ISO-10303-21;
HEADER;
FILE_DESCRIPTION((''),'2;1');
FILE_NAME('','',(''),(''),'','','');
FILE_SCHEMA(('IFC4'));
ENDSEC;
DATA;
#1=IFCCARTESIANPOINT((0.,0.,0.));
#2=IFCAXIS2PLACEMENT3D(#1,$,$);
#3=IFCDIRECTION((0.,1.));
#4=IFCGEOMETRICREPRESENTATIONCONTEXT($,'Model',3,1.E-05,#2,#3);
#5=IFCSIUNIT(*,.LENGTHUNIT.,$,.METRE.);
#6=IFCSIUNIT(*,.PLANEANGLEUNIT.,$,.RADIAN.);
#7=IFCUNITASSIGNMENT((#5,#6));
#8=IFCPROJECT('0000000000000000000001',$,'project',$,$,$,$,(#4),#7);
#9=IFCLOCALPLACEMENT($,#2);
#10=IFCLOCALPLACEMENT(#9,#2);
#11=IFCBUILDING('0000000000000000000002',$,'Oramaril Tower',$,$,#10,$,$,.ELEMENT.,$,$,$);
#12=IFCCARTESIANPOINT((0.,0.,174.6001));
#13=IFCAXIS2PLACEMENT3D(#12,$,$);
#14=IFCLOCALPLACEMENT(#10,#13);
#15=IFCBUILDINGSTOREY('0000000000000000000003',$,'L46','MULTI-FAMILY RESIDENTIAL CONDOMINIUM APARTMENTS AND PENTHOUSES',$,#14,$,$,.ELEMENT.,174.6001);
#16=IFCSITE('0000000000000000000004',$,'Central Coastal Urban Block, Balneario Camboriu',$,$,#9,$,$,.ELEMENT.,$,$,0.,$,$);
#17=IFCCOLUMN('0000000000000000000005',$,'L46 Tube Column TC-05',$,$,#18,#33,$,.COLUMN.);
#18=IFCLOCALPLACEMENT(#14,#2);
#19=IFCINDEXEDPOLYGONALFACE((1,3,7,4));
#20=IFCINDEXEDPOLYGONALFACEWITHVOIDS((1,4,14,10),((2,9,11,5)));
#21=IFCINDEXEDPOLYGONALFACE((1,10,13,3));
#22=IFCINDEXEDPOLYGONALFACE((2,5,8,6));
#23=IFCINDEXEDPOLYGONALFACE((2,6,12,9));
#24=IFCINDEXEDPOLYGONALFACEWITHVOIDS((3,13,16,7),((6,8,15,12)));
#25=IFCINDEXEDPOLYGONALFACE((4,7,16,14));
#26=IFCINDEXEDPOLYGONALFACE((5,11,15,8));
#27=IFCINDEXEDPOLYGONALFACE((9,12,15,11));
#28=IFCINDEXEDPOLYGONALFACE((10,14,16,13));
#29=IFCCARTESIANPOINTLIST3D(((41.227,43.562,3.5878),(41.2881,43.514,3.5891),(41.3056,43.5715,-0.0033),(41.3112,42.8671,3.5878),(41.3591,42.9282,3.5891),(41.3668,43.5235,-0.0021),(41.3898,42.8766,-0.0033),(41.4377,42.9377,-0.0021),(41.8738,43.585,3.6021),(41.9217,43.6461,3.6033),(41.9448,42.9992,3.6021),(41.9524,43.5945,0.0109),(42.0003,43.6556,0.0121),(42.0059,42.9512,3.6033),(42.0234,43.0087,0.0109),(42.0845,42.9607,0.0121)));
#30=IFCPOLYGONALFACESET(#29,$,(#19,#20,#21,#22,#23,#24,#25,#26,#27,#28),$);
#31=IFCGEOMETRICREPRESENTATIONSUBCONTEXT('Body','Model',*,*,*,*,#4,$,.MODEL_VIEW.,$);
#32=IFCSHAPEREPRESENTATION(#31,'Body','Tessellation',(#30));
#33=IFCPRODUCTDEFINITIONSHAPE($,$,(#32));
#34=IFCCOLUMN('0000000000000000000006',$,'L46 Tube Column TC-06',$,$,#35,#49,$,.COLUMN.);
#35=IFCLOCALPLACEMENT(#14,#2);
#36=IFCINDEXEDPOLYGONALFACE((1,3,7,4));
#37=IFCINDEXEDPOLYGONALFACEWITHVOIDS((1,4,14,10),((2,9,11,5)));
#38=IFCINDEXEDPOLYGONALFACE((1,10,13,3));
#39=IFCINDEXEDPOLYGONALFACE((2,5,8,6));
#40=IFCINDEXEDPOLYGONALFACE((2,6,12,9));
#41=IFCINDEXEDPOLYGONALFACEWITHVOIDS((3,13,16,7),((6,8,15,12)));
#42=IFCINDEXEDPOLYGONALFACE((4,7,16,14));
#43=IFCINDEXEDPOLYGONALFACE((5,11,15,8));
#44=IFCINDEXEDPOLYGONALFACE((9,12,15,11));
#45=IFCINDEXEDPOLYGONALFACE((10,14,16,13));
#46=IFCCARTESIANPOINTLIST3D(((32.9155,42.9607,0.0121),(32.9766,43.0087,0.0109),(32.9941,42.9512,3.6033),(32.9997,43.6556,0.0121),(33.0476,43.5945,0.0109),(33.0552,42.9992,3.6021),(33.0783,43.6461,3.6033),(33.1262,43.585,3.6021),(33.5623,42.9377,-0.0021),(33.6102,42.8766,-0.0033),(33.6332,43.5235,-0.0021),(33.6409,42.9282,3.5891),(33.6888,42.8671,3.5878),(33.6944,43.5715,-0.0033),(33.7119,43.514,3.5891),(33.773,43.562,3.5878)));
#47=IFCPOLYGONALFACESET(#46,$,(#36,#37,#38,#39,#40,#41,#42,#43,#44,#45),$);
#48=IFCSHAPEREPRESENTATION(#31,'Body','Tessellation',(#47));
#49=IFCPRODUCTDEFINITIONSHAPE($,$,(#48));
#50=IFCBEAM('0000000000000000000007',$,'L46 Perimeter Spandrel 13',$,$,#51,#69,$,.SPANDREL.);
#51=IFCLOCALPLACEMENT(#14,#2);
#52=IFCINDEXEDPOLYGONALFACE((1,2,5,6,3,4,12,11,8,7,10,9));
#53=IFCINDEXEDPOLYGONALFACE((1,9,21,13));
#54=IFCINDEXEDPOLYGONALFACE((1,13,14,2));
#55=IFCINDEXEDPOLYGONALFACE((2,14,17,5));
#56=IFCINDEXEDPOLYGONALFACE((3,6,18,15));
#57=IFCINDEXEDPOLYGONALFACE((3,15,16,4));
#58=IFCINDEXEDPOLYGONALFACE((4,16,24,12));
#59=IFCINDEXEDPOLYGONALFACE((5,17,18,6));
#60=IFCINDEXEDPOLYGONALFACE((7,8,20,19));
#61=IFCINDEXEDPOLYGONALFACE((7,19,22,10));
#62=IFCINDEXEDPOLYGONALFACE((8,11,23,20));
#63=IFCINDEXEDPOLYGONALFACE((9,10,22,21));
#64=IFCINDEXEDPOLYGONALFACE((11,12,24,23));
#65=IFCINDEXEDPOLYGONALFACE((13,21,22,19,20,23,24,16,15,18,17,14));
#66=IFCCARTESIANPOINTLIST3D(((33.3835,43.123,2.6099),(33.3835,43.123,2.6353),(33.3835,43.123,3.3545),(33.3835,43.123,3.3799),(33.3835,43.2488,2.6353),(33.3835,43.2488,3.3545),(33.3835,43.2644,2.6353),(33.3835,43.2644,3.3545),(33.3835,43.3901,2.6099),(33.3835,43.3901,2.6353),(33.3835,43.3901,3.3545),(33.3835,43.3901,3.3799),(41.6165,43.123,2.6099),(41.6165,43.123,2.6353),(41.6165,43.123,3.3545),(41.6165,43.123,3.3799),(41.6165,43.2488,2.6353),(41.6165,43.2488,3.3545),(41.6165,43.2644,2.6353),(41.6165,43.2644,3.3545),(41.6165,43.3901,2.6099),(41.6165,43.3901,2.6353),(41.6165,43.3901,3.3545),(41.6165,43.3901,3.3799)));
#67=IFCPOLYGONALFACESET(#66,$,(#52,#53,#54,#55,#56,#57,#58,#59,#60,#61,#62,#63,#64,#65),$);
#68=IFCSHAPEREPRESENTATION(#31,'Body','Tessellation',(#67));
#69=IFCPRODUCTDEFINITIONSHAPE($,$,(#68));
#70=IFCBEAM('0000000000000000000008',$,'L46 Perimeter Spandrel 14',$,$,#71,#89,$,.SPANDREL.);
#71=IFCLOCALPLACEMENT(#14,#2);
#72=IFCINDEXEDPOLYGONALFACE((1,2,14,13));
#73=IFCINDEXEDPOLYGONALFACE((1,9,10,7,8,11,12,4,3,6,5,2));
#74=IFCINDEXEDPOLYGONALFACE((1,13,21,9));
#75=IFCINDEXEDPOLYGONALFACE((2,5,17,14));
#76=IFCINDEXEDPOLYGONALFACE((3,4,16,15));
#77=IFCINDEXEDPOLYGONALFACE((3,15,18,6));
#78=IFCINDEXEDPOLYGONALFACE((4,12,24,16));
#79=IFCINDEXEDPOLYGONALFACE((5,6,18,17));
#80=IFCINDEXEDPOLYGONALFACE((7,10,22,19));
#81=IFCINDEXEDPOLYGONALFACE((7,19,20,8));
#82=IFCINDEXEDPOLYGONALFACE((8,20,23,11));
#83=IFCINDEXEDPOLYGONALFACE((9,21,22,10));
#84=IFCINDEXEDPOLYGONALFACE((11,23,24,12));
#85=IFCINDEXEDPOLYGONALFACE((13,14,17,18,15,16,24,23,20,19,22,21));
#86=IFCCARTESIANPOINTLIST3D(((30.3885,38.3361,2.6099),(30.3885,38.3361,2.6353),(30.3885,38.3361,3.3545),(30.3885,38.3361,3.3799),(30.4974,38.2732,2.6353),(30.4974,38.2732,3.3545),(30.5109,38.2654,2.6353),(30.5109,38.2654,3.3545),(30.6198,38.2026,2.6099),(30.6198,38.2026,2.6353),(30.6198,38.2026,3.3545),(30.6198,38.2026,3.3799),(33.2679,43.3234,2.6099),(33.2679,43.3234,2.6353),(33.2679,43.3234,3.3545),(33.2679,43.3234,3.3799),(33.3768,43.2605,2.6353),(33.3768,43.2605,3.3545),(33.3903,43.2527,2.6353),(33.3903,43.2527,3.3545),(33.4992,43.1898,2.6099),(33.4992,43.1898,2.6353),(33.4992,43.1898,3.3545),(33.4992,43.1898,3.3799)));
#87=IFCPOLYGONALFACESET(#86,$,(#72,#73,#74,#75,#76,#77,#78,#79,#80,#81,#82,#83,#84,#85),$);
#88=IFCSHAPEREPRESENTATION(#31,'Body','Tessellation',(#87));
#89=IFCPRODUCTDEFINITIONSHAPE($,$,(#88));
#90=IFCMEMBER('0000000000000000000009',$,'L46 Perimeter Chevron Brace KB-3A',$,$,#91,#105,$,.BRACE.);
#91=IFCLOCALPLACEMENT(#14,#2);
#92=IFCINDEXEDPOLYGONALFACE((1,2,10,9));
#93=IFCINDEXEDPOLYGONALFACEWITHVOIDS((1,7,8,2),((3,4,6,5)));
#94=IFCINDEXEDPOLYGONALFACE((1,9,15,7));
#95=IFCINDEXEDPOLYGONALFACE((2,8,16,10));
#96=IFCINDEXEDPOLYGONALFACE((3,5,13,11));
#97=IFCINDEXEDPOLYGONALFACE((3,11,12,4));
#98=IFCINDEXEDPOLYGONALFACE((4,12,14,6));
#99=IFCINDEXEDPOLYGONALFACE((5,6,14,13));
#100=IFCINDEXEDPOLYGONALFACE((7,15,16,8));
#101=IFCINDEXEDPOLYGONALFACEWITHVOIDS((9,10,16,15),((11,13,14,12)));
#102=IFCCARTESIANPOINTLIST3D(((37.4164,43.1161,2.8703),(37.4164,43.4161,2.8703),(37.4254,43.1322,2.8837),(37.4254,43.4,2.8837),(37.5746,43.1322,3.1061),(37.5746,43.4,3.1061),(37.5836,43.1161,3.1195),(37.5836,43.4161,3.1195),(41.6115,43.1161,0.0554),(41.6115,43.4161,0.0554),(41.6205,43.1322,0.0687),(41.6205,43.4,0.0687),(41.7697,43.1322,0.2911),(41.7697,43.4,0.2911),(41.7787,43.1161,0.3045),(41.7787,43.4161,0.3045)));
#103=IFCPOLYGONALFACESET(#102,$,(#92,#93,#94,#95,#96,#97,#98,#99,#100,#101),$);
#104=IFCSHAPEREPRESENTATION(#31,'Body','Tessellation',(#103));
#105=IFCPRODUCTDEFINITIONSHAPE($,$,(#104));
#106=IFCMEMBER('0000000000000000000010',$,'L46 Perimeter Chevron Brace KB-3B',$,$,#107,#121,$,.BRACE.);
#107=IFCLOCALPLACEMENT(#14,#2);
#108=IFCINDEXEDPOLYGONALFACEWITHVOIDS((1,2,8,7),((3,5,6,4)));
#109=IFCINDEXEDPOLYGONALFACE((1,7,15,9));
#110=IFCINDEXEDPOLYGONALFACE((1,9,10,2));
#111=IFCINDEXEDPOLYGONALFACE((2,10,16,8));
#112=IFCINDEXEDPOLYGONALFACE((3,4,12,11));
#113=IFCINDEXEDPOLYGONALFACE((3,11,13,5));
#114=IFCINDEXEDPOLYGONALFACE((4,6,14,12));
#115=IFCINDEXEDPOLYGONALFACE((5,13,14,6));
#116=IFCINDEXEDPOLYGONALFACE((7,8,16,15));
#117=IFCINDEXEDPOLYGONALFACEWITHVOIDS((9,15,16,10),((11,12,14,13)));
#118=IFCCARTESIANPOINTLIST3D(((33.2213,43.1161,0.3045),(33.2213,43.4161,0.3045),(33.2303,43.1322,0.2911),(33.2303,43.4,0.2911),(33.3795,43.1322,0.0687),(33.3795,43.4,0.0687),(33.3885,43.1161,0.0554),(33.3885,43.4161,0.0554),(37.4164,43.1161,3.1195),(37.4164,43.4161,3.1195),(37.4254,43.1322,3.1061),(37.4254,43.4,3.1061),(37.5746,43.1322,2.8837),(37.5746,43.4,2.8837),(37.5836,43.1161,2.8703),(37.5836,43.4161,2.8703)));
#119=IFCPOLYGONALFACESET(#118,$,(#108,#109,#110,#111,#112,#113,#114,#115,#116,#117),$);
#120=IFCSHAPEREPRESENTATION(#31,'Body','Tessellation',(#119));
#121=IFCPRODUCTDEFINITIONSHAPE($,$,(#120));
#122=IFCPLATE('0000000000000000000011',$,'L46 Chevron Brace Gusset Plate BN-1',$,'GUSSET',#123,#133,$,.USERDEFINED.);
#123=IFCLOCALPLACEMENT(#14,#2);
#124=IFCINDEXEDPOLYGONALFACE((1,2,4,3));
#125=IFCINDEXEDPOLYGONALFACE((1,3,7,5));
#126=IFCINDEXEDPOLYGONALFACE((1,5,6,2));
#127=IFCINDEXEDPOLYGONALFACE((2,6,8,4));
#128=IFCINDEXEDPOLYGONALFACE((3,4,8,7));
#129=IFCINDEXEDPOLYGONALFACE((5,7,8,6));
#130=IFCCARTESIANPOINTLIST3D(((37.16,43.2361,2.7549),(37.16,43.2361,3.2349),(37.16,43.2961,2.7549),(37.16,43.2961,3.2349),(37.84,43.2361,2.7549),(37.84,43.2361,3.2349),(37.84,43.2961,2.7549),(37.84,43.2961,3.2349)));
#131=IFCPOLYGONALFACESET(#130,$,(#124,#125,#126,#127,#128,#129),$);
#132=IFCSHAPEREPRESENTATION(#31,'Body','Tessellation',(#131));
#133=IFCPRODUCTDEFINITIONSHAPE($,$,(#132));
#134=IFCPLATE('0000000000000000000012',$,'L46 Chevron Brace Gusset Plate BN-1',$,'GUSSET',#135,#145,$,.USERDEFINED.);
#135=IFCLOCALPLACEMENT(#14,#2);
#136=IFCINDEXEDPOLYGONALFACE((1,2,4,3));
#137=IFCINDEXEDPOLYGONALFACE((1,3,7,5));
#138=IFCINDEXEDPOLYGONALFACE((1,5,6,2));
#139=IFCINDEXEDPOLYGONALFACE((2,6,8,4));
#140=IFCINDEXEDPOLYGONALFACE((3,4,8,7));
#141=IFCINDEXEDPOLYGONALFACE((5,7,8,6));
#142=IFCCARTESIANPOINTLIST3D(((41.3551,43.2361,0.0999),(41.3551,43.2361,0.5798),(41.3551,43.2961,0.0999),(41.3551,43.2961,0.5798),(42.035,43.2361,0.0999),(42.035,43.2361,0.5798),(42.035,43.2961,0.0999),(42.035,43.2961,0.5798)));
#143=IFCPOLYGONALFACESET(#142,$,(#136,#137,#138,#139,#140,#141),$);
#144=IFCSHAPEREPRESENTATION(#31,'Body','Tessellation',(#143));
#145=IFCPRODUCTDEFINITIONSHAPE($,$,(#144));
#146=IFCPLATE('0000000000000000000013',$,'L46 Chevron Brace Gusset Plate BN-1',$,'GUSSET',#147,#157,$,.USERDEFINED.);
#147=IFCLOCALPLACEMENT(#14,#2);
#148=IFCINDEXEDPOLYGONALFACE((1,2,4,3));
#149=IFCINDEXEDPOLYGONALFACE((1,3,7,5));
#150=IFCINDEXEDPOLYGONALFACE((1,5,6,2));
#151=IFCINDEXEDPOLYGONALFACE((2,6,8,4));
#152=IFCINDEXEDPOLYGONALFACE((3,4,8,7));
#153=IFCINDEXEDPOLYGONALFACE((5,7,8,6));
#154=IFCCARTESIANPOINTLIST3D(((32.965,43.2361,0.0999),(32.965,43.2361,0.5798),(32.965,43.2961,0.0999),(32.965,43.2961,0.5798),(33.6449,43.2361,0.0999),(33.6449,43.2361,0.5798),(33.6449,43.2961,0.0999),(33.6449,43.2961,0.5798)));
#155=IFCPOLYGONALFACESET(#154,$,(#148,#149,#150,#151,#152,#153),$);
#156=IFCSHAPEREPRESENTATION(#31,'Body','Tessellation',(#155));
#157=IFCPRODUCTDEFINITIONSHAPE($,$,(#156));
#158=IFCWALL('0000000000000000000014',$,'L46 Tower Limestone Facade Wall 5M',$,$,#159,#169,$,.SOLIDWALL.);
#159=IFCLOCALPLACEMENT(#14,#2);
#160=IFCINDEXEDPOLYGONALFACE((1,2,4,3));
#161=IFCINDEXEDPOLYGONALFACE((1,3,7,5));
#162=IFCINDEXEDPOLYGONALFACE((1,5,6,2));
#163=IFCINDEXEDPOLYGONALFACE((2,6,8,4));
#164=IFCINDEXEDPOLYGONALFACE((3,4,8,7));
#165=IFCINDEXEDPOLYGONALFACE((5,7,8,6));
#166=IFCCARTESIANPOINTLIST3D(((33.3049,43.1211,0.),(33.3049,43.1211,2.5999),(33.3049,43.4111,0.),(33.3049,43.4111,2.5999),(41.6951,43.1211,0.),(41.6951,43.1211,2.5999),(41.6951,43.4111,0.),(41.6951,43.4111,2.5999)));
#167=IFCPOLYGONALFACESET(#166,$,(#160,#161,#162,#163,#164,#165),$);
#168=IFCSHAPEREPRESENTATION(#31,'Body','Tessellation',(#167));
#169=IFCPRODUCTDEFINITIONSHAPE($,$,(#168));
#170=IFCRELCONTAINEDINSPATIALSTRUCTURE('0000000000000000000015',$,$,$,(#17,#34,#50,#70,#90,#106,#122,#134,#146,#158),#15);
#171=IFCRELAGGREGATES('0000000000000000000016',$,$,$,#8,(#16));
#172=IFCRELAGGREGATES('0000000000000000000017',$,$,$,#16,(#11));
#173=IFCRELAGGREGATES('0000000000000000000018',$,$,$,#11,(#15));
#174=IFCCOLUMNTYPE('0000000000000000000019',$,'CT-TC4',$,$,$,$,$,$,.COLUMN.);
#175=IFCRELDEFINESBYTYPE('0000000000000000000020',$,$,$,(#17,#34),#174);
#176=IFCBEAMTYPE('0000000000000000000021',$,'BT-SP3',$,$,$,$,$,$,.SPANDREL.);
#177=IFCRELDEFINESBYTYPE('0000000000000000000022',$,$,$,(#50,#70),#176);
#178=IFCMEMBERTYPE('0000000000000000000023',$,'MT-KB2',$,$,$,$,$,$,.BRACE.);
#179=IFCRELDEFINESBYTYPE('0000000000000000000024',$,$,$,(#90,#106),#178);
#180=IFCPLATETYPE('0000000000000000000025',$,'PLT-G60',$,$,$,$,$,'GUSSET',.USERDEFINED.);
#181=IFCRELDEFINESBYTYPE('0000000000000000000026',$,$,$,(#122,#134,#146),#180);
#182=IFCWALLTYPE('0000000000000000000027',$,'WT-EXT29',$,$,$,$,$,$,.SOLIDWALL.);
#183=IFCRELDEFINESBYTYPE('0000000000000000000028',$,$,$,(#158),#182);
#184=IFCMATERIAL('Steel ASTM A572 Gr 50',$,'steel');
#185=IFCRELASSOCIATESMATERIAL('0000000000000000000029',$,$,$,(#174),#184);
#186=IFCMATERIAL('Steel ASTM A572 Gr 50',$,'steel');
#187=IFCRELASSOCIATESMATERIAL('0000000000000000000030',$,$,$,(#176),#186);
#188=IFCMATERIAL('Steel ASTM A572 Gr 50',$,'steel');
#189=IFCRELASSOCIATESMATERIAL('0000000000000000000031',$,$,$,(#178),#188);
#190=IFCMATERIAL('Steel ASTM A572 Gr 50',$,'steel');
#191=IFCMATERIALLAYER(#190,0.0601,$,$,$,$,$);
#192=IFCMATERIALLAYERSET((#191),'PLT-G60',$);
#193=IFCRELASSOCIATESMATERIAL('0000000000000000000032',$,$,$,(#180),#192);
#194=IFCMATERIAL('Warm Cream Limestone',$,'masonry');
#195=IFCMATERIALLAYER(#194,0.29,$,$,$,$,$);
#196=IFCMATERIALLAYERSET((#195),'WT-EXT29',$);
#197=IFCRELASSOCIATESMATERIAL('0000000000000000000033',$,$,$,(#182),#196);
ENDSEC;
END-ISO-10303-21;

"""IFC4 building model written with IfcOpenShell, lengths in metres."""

from ifc_helpers import new_model, si_unit, direction, frame, frame_2d, origin, origin_2d, place, context, subcontext, project, spatial, rectangle, hollow_rectangle, i_section, extrude, material, layer, layer_set, material_profile, profile_set, type_object, element, save


model = new_model("IFC4")

# Units and contexts
model_context = context("Model", 3, precision=1e-05, world=origin(), true_north=direction((0.0, 1.0)))
body_context = subcontext(model_context, "Body", "Model", "MODEL_VIEW")
ifc_project = project(units=[si_unit("LENGTHUNIT", "METRE"), si_unit("PLANEANGLEUNIT", "RADIAN")], contexts=[model_context])

# Site, building, storey
site_placement = place(None, origin())
site = spatial("IfcSite", under=ifc_project, at=site_placement, Name="Central Coastal Urban Block, Balneario Camboriu", CompositionType="ELEMENT", RefElevation=0.0)
building_placement = place(site_placement, origin())
building = spatial("IfcBuilding", under=site, at=building_placement, Name="Oramaril Tower", CompositionType="ELEMENT")
storey_placement = place(building_placement, frame((0.0, 0.0, 174.6001)))
storey = spatial("IfcBuildingStorey", under=building, at=storey_placement, Name="L46", Description="MULTI-FAMILY RESIDENTIAL CONDOMINIUM APARTMENTS AND PENTHOUSES", CompositionType="ELEMENT", Elevation=174.6001)

# Columns
ifc_material_1 = material(Name="Steel ASTM A572 Gr 50", Category="steel")
ifc_material_profile_1 = material_profile(ifc_material_1, hollow_rectangle(XDim=0.7, YDim=0.7, WallThickness=0.0549, at=origin_2d()), Name="BOX700X700X55")
ifc_profile_set_1 = profile_set([ifc_material_profile_1], Name="Steel ASTM A572 Gr 50")
column_type = type_object("IfcColumnType", Name="CT-TC4", PredefinedType="COLUMN", material=ifc_profile_set_1)
for number, where, z_axis, x_axis, name in (
    (1, (41.6951, 43.2661, 0.0044), (-0.021886, -0.002651, 0.999757), (0.120239, -0.992745, 0.0), "L46 Tube Column TC-05"),
    (2, (33.3049, 43.2661, 0.0044), (0.021886, -0.002651, 0.999757), (0.120239, 0.992745, 0.0), "L46 Tube Column TC-06"),
):
    element("IfcColumn", number, at=place(storey_placement, frame(where, z_axis=z_axis, x_axis=x_axis)), inside=storey, type_object=column_type, Name=name, PredefinedType="COLUMN", context=body_context, shape_type="SweptSolid", body=[
        extrude(hollow_rectangle(XDim=0.7, YDim=0.7, WallThickness=0.0549, at=origin_2d()), origin(), (0.0, 0.0, 1.0), 3.592),
    ])

# Beams
ifc_material_2 = material(Name="Steel ASTM A572 Gr 50", Category="steel")
ifc_material_profile_2 = material_profile(ifc_material_2, i_section(OverallWidth=0.2671, OverallDepth=0.77, WebThickness=0.0156, FlangeThickness=0.0254, at=origin_2d()), Name="W30X132")
ifc_profile_set_2 = profile_set([ifc_material_profile_2], Name="Steel ASTM A572 Gr 50")
beam_type = type_object("IfcBeamType", Name="BT-SP3", PredefinedType="SPANDREL", material=ifc_profile_set_2)
beam_1_placement = place(storey_placement, frame((41.6165, 43.2566, 2.9949), z_axis=(-1.0, 0.0, 0.0), x_axis=(0.0, -1.0, 0.0)))
element("IfcBeam", 3, at=beam_1_placement, inside=storey, type_object=beam_type, Name="L46 Perimeter Spandrel 13", PredefinedType="SPANDREL", context=body_context, shape_type="SweptSolid", body=[
    extrude(i_section(OverallWidth=0.2671, OverallDepth=0.77, WebThickness=0.0156, FlangeThickness=0.0254, at=origin_2d()), origin(), (0.0, 0.0, 1.0), 8.2329),
])
beam_2_placement = place(storey_placement, frame((33.3835, 43.2566, 2.9949), z_axis=(-0.499996, -0.866027, 0.0), x_axis=(0.866027, -0.499996, 0.0)))
element("IfcBeam", 4, at=beam_2_placement, inside=storey, type_object=beam_type, Name="L46 Perimeter Spandrel 14", PredefinedType="SPANDREL", context=body_context, shape_type="SweptSolid", body=[
    extrude(i_section(OverallWidth=0.2671, OverallDepth=0.77, WebThickness=0.0156, FlangeThickness=0.0254, at=origin_2d()), origin(), (0.0, 0.0, 1.0), 5.7588),
])

# Members
ifc_material_3 = material(Name="Steel ASTM A572 Gr 50", Category="steel")
ifc_material_profile_3 = material_profile(ifc_material_3, hollow_rectangle(XDim=0.3, YDim=0.3, WallThickness=0.0161, at=origin_2d()), Name="HSS300X300X16")
ifc_profile_set_3 = profile_set([ifc_material_profile_3], Name="Steel ASTM A572 Gr 50")
member_type = type_object("IfcMemberType", Name="MT-KB2", PredefinedType="BRACE", material=ifc_profile_set_3)
for number, where, z_axis, x_axis, name in (
    (5, (41.6951, 43.2661, 0.1799), (-0.830381, 0.0, 0.557196), (0.0, -1.0, 0.0), "L46 Perimeter Chevron Brace KB-3A"),
    (6, (33.3049, 43.2661, 0.1799), (0.830381, 0.0, 0.557196), (0.0, 1.0, 0.0), "L46 Perimeter Chevron Brace KB-3B"),
):
    element("IfcMember", number, at=place(storey_placement, frame(where, z_axis=z_axis, x_axis=x_axis)), inside=storey, type_object=member_type, Name=name, PredefinedType="BRACE", context=body_context, shape_type="SweptSolid", body=[
        extrude(hollow_rectangle(XDim=0.3, YDim=0.3, WallThickness=0.0161, at=origin_2d()), origin(), (0.0, 0.0, 1.0), 5.052),
    ])

# Plates
ifc_material_4 = material(Name="Steel ASTM A572 Gr 50", Category="steel")
ifc_layer_1 = layer(ifc_material_4, 0.0601)
ifc_layer_set_1 = layer_set([ifc_layer_1], Name="PLT-G60")
plate_type = type_object("IfcPlateType", Name="PLT-G60", ElementType="GUSSET", PredefinedType="USERDEFINED", material=ifc_layer_set_1)
for number, where, z_axis, x_axis, name in (
    (7, (37.5, 43.2661, 2.7549), (0.0, 0.0, 1.0), (-1.0, 0.0, 0.0), "L46 Chevron Brace Gusset Plate BN-1"),
    (8, (41.6951, 43.2661, 0.0999), (0.0, 0.0, 1.0), (-1.0, 0.0, 0.0), "L46 Chevron Brace Gusset Plate BN-1"),
    (9, (33.3049, 43.2661, 0.0999), (0.0, 0.0, 1.0), (-1.0, 0.0, 0.0), "L46 Chevron Brace Gusset Plate BN-1"),
):
    element("IfcPlate", number, at=place(storey_placement, frame(where, z_axis=z_axis, x_axis=x_axis)), inside=storey, type_object=plate_type, Name=name, ObjectType="GUSSET", PredefinedType="USERDEFINED", context=body_context, shape_type="SweptSolid", body=[
        extrude(rectangle(XDim=0.6799, YDim=0.0601, at=origin_2d()), origin(), (0.0, 0.0, 1.0), 0.48),
    ])

# Wall
ifc_material_5 = material(Name="Warm Cream Limestone", Category="masonry")
ifc_layer_2 = layer(ifc_material_5, 0.29)
ifc_layer_set_2 = layer_set([ifc_layer_2], Name="WT-EXT29")
wall_type_1 = type_object("IfcWallType", Name="WT-EXT29", PredefinedType="SOLIDWALL", material=ifc_layer_set_2)
wall_1_placement = place(storey_placement, frame((41.6951, 43.2661, 0.0), z_axis=(0.0, 0.0, 1.0), x_axis=(-1.0, 0.0, 0.0)))
element("IfcWall", 10, at=wall_1_placement, inside=storey, type_object=wall_type_1, Name="L46 Tower Limestone Facade Wall 5M", PredefinedType="SOLIDWALL", context=body_context, shape_type="SweptSolid", body=[
    extrude(rectangle(XDim=8.3901, YDim=0.29, at=frame_2d((4.1951, 0.0))), origin(), (0.0, 0.0, 1.0), 2.5999),
])

save(model, "model.ifc")
